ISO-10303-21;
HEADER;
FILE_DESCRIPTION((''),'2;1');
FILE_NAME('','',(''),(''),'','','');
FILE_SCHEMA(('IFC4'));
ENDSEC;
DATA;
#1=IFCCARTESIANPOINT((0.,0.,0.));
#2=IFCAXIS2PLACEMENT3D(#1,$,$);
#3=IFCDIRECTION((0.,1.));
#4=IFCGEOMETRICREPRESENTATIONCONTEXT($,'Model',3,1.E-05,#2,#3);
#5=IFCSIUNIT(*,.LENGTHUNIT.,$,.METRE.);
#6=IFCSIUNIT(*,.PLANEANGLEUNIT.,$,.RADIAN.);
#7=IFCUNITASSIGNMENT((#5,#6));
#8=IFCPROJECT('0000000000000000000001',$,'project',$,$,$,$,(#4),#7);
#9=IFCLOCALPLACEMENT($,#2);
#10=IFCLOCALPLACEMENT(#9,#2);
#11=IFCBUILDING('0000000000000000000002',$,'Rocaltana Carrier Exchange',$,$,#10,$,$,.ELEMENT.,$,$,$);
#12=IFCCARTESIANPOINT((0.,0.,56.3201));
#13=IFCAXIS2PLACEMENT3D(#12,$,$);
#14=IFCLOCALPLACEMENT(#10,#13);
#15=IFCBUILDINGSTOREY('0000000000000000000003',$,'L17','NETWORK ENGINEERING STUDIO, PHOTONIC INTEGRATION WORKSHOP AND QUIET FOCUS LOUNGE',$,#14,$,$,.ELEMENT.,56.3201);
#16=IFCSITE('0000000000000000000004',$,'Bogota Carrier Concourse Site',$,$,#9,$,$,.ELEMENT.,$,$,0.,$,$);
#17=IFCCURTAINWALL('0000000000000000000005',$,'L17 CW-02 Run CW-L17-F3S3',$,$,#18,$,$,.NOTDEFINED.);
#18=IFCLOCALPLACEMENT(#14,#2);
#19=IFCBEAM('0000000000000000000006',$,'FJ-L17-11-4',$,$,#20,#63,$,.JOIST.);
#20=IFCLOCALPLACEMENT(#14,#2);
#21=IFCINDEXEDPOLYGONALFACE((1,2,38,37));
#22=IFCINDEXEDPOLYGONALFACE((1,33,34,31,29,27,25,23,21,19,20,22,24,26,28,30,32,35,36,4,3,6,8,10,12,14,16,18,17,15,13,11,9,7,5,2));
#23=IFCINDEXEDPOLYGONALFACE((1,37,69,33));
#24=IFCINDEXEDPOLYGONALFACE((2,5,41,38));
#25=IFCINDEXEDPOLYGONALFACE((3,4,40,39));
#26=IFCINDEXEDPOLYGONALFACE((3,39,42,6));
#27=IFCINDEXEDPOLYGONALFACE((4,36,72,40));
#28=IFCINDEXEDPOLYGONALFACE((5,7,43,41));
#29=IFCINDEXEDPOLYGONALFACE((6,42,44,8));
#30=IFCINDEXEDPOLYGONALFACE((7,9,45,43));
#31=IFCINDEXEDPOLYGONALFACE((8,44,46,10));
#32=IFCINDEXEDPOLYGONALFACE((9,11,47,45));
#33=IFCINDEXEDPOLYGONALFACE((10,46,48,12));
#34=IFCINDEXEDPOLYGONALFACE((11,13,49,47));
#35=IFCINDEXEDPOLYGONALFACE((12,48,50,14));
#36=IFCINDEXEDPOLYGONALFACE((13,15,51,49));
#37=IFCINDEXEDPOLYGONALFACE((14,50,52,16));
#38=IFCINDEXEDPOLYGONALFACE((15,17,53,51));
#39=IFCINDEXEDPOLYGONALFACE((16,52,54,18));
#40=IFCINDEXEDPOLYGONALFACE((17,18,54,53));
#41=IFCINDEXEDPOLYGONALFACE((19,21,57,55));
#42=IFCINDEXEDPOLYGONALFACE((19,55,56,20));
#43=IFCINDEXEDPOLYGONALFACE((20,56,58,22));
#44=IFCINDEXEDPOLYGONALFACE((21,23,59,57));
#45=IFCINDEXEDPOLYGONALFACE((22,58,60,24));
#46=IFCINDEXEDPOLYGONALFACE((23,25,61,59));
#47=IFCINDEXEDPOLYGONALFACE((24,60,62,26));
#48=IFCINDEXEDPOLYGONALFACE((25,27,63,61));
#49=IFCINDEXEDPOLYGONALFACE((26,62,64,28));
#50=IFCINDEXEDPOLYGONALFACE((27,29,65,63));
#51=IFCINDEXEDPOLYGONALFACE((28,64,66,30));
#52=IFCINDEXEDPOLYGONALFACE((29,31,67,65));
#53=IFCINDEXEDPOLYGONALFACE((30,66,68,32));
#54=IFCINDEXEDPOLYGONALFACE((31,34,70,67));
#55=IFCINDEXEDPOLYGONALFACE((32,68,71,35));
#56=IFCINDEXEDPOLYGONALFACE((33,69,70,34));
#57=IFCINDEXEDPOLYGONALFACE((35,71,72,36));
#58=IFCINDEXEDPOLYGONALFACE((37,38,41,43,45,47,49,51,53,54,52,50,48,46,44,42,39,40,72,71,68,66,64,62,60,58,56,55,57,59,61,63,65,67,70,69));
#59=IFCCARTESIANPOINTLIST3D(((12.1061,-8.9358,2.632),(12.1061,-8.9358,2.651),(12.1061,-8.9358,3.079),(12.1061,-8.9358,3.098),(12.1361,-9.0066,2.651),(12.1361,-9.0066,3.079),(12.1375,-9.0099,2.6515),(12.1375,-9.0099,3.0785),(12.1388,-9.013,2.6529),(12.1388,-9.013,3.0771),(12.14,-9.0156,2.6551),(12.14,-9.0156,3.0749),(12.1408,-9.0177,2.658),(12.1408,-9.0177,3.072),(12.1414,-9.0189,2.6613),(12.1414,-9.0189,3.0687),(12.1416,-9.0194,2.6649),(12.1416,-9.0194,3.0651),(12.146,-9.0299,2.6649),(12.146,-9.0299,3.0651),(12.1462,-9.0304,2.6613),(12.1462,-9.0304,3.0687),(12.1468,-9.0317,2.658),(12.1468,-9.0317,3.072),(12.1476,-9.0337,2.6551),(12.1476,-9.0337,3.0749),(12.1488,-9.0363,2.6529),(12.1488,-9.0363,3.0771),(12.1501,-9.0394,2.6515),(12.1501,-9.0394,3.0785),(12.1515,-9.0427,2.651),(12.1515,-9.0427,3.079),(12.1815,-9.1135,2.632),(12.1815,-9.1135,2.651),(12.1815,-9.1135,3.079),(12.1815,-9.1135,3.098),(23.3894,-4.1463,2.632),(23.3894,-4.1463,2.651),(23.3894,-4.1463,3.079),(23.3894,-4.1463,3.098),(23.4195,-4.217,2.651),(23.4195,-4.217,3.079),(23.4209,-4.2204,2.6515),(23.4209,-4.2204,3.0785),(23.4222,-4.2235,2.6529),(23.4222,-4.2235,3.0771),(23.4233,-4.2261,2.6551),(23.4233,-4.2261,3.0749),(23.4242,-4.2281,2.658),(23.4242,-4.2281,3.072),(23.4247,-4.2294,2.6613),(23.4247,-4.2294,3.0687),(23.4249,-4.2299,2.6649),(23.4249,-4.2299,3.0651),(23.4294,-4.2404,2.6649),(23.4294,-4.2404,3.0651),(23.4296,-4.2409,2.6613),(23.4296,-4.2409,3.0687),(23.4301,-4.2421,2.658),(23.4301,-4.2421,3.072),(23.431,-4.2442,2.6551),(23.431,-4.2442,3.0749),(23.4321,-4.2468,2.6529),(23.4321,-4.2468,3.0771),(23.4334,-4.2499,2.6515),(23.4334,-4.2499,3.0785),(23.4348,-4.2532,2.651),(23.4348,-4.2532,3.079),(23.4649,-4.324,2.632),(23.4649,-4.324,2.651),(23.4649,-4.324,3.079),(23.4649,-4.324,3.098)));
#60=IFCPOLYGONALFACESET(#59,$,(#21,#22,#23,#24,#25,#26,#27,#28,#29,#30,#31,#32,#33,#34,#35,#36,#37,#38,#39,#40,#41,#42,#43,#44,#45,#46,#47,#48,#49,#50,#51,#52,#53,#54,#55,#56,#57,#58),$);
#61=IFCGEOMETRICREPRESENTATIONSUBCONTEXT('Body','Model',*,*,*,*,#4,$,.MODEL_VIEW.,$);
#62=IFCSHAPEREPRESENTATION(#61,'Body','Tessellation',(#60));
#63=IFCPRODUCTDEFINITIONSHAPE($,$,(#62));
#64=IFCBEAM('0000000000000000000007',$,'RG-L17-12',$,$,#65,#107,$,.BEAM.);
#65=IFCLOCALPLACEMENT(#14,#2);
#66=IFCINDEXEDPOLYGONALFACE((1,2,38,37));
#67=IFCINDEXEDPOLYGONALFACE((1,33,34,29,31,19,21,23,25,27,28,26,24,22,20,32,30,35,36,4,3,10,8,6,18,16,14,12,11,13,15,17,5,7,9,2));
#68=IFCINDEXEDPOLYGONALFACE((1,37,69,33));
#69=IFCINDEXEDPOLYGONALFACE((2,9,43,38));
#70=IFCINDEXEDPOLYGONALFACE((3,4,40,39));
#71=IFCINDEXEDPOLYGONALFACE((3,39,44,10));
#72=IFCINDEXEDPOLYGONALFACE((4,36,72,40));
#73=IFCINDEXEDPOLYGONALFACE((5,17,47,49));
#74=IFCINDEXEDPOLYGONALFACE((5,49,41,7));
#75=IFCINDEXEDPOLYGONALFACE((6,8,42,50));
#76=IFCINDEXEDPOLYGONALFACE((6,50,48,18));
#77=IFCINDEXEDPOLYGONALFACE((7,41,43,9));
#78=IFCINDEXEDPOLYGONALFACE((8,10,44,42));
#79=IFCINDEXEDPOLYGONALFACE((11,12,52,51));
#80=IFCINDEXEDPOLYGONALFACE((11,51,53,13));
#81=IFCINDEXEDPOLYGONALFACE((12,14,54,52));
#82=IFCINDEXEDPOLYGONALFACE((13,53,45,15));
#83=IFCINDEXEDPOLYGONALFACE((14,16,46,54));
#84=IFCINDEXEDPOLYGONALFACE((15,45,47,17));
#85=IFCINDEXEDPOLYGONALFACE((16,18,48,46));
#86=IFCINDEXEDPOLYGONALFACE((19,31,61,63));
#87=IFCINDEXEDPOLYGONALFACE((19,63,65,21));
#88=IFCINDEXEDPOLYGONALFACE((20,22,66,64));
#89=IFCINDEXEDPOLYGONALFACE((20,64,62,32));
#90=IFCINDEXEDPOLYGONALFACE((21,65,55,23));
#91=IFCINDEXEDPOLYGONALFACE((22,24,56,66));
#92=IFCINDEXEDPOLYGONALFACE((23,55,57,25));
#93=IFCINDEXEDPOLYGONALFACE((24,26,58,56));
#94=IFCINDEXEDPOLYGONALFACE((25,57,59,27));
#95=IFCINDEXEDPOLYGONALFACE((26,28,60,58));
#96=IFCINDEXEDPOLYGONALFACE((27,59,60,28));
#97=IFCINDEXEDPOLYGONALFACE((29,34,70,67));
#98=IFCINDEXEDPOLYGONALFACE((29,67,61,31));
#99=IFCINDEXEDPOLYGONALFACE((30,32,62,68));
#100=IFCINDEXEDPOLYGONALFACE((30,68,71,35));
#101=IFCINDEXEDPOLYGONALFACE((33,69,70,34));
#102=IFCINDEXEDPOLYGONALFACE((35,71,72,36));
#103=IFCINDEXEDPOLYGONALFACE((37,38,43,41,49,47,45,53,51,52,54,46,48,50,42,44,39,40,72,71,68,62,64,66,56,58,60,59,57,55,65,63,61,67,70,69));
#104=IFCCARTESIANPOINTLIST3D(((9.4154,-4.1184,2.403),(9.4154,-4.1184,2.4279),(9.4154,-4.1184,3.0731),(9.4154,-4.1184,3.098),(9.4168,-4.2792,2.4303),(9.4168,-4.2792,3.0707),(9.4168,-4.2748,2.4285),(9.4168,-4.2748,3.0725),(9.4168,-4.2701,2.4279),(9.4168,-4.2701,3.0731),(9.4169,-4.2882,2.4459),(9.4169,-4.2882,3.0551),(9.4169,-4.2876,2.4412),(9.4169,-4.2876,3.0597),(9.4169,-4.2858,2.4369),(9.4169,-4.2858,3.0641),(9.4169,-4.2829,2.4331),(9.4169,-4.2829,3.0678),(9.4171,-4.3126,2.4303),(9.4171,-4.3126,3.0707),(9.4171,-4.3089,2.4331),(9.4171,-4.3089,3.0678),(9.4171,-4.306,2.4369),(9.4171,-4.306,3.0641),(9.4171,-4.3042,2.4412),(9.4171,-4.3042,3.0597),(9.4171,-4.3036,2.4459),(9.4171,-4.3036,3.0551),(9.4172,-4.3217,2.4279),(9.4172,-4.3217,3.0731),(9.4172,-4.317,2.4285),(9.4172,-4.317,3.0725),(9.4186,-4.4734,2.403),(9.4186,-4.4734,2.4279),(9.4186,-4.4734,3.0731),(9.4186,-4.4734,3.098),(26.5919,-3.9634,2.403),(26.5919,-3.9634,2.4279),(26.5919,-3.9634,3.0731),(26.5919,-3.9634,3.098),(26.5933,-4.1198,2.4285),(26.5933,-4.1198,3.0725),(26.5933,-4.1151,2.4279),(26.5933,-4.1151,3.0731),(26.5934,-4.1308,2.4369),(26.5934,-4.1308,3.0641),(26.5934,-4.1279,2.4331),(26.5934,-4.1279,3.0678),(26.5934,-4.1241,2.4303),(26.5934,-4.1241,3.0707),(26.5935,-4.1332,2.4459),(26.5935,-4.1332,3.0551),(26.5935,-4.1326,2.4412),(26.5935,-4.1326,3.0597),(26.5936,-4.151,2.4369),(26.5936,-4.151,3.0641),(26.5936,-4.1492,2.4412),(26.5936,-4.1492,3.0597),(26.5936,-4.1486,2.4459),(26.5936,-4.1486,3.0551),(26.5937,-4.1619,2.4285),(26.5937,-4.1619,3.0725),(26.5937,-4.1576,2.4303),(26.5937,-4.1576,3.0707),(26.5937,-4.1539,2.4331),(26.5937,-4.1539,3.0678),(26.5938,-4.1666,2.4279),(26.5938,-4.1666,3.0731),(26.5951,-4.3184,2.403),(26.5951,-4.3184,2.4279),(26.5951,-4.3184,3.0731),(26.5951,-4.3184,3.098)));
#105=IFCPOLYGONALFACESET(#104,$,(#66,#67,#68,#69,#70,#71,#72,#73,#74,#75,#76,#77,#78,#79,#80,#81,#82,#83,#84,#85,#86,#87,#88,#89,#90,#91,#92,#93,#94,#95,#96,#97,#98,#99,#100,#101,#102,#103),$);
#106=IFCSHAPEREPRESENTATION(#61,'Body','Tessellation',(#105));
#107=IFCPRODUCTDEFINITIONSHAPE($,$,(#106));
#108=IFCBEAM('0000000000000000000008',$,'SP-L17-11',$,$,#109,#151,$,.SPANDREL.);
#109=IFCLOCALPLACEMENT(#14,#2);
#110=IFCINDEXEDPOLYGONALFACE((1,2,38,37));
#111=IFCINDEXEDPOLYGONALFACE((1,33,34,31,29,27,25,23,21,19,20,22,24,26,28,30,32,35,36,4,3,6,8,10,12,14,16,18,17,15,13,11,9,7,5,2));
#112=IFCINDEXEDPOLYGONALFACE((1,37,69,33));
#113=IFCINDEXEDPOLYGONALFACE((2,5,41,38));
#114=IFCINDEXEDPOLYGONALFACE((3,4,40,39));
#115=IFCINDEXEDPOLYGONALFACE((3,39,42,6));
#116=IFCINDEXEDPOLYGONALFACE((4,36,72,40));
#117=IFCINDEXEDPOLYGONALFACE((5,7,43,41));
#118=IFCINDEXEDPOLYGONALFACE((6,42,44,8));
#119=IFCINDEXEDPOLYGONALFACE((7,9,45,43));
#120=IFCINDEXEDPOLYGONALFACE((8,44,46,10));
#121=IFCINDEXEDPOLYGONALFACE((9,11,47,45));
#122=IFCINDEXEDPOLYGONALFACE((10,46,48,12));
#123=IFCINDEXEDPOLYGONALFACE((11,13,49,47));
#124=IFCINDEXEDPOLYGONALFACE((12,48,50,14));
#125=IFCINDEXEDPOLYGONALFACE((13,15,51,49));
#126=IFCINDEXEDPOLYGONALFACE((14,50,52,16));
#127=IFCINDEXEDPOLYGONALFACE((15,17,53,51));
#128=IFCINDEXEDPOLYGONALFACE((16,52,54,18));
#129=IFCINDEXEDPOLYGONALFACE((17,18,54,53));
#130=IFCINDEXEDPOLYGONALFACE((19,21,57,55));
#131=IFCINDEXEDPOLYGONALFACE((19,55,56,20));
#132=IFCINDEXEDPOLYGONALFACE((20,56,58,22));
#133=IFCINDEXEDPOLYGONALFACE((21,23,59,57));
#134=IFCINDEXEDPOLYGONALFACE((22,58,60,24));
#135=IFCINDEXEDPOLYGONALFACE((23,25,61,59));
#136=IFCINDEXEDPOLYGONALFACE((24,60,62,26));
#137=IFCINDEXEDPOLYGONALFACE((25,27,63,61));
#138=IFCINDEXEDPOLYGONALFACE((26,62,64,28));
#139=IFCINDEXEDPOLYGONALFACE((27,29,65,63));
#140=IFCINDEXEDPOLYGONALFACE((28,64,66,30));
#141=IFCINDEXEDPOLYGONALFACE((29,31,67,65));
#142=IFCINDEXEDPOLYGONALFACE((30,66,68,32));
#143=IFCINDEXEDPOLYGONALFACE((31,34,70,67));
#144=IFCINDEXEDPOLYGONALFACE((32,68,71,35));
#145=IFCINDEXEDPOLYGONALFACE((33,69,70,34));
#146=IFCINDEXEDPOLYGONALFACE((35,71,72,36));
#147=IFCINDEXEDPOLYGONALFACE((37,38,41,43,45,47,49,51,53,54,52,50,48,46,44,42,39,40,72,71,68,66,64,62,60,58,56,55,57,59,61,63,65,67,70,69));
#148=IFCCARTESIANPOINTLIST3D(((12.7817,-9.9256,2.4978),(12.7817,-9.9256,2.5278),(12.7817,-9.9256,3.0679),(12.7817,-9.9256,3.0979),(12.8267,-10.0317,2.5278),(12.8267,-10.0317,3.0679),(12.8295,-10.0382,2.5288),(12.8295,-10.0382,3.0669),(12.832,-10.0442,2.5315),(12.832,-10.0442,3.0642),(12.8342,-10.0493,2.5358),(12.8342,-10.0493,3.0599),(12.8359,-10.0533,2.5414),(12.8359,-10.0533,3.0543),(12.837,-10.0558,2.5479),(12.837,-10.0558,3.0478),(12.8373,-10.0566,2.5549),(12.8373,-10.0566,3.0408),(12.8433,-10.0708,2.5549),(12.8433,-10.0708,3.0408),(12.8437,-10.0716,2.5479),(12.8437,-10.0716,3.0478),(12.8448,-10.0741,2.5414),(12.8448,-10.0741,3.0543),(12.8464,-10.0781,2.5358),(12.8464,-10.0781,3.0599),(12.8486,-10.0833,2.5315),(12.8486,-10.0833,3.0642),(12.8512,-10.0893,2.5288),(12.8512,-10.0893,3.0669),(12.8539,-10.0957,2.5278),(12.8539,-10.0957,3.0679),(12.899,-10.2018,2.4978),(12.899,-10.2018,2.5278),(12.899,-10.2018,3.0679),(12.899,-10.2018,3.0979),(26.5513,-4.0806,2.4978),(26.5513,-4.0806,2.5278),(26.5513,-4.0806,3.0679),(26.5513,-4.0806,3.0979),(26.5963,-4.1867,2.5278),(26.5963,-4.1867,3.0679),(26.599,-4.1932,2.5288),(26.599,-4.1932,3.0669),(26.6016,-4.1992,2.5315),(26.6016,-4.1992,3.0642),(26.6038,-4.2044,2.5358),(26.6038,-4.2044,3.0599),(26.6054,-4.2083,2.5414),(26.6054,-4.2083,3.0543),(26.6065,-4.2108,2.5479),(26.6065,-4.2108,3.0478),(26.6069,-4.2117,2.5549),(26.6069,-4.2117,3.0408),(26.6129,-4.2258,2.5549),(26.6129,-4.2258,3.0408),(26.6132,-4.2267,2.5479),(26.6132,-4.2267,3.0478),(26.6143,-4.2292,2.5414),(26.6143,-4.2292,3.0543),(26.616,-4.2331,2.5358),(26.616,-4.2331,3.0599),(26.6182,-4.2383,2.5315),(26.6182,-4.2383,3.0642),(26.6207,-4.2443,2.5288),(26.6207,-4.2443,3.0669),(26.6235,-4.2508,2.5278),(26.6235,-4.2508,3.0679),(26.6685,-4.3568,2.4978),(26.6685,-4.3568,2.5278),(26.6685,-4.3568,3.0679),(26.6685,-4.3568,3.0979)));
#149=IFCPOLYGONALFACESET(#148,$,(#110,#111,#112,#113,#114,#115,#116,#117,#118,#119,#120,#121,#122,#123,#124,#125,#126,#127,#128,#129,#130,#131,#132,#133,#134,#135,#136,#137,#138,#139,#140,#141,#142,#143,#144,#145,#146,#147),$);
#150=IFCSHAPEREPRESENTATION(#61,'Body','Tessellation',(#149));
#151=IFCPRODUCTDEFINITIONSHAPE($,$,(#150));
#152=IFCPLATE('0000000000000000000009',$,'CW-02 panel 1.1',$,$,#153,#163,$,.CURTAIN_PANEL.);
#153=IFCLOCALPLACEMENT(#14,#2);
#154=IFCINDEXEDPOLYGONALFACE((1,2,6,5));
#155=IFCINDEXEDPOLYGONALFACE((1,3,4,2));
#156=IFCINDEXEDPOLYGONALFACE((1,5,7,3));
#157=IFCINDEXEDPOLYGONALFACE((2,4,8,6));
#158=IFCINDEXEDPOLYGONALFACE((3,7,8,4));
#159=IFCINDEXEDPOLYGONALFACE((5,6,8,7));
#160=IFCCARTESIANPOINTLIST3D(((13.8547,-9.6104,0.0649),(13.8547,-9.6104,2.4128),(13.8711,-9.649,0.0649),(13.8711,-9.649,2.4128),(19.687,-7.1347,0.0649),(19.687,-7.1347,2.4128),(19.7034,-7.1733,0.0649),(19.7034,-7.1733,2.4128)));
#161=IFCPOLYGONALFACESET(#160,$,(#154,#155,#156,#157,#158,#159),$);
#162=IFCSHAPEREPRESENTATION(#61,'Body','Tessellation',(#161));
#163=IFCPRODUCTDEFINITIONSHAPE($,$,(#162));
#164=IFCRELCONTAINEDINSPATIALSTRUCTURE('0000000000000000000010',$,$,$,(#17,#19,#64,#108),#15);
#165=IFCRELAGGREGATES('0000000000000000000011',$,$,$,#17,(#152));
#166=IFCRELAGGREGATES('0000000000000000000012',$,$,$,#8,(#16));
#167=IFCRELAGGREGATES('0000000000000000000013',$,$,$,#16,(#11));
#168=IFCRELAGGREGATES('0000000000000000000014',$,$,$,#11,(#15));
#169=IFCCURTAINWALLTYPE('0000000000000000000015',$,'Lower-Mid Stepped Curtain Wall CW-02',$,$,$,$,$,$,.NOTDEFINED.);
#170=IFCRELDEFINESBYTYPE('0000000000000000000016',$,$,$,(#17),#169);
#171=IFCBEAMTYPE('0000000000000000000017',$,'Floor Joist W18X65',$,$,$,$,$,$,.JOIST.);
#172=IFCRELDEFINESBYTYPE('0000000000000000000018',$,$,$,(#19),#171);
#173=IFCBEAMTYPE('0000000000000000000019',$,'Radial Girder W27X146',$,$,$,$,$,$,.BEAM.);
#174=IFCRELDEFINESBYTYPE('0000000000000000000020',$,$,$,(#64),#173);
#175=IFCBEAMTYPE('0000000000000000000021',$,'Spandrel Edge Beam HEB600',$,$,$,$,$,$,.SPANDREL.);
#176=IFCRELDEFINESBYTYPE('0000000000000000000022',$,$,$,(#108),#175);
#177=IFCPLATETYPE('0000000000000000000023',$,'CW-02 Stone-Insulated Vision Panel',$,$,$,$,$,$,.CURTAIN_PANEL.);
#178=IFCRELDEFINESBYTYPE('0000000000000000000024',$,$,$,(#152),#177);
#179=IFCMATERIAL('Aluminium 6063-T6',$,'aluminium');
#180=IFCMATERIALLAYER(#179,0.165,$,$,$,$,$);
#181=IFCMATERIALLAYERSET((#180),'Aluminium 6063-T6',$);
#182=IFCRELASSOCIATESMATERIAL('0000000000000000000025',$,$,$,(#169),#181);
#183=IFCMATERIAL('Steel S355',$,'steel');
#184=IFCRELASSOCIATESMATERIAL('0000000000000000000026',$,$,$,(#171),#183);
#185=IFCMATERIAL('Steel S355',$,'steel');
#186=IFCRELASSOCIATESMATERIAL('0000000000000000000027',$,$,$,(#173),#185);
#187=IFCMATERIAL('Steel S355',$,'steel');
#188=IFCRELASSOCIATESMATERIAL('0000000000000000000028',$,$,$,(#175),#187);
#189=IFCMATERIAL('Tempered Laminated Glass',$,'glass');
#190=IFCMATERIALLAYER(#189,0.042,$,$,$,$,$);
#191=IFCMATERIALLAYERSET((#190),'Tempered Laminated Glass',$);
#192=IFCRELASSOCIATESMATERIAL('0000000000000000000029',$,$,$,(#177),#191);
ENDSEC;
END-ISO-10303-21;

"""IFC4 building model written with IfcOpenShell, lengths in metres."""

from ifc_helpers import new_model, si_unit, direction, frame, origin, origin_2d, place, context, subcontext, project, spatial, rectangle, i_section, extrude, material, layer, layer_set, material_profile, profile_set, type_object, element, aggregate, save


model = new_model("IFC4")

# Units and contexts
model_context = context("Model", 3, precision=1e-05, world=origin(), true_north=direction((0.0, 1.0)))
body_context = subcontext(model_context, "Body", "Model", "MODEL_VIEW")
ifc_project = project(units=[si_unit("LENGTHUNIT", "METRE"), si_unit("PLANEANGLEUNIT", "RADIAN")], contexts=[model_context])

# Site, building, storey
site_placement = place(None, origin())
site = spatial("IfcSite", under=ifc_project, at=site_placement, Name="Bogota Carrier Concourse Site", CompositionType="ELEMENT", RefElevation=0.0)
building_placement = place(site_placement, origin())
building = spatial("IfcBuilding", under=site, at=building_placement, Name="Rocaltana Carrier Exchange", CompositionType="ELEMENT")
storey_placement = place(building_placement, frame((0.0, 0.0, 56.3201)))
storey = spatial("IfcBuildingStorey", under=building, at=storey_placement, Name="L17", Description="NETWORK ENGINEERING STUDIO, PHOTONIC INTEGRATION WORKSHOP AND QUIET FOCUS LOUNGE", CompositionType="ELEMENT", Elevation=56.3201)

# Shared definitions
ifc_material_1 = material(Name="Aluminium 6063-T6", Category="aluminium")
ifc_layer_1 = layer(ifc_material_1, 0.165)
ifc_layer_set_1 = layer_set([ifc_layer_1], Name="Aluminium 6063-T6")
curtain_wall_type = type_object("IfcCurtainWallType", Name="Lower-Mid Stepped Curtain Wall CW-02", PredefinedType="NOTDEFINED", material=ifc_layer_set_1)

# Curtain wall
curtain_wall_1_placement = place(storey_placement, origin())
curtain_wall_1 = element("IfcCurtainWall", 1, at=curtain_wall_1_placement, inside=storey, type_object=curtain_wall_type, Name="L17 CW-02 Run CW-L17-F3S3", PredefinedType="NOTDEFINED")

# Beams
ifc_material_2 = material(Name="Steel S355", Category="steel")
ifc_material_profile_1 = material_profile(ifc_material_2, i_section(OverallWidth=0.1931, OverallDepth=0.4661, WebThickness=0.0115, FlangeThickness=0.019, FilletRadius=0.0139, at=origin_2d()), Name="W18X65")
ifc_profile_set_1 = profile_set([ifc_material_profile_1], Name="Steel S355")
beam_type_1 = type_object("IfcBeamType", Name="Floor Joist W18X65", PredefinedType="JOIST", material=ifc_profile_set_1)
beam_1_placement = place(storey_placement, frame((12.1438, -9.0247, 2.865), z_axis=(0.920505, 0.390732, 0.0), x_axis=(-0.390732, 0.920505, 0.0)))
element("IfcBeam", 2, at=beam_1_placement, inside=storey, type_object=beam_type_1, Name="FJ-L17-11-4", PredefinedType="JOIST", context=body_context, shape_type="SweptSolid", body=[
    extrude(i_section(OverallWidth=0.1931, OverallDepth=0.4661, WebThickness=0.0115, FlangeThickness=0.019, FilletRadius=0.0139, at=origin_2d()), origin(), (0.0, 0.0, 1.0), 12.2578),
])
ifc_material_3 = material(Name="Steel S355", Category="steel")
ifc_material_profile_2 = material_profile(ifc_material_3, i_section(OverallWidth=0.355, OverallDepth=0.6951, WebThickness=0.0154, FlangeThickness=0.0249, FilletRadius=0.0181, at=origin_2d()), Name="W27X146")
ifc_profile_set_2 = profile_set([ifc_material_profile_2], Name="Steel S355")
beam_type_2 = type_object("IfcBeamType", Name="Radial Girder W27X146", PredefinedType="BEAM", material=ifc_profile_set_2)
beam_2_placement = place(storey_placement, frame((9.417, -4.2959, 2.7505), z_axis=(0.999959, 0.009025, 0.0), x_axis=(-0.009025, 0.999959, 0.0)))
element("IfcBeam", 3, at=beam_2_placement, inside=storey, type_object=beam_type_2, Name="RG-L17-12", PredefinedType="BEAM", context=body_context, shape_type="SweptSolid", body=[
    extrude(i_section(OverallWidth=0.355, OverallDepth=0.6951, WebThickness=0.0154, FlangeThickness=0.0249, FilletRadius=0.0181, at=origin_2d()), origin(), (0.0, 0.0, 1.0), 17.1772),
])
ifc_material_4 = material(Name="Steel S355", Category="steel")
ifc_material_profile_3 = material_profile(ifc_material_4, i_section(OverallWidth=0.3, OverallDepth=0.6001, WebThickness=0.0154, FlangeThickness=0.03, FilletRadius=0.0271, at=origin_2d()), Name="HEB600")
ifc_profile_set_3 = profile_set([ifc_material_profile_3], Name="Steel S355")
beam_type_3 = type_object("IfcBeamType", Name="Spandrel Edge Beam HEB600", PredefinedType="SPANDREL", material=ifc_profile_set_3)
beam_3_placement = place(storey_placement, frame((12.8403, -10.0637, 2.7979), z_axis=(0.920501, 0.39074, 0.0), x_axis=(-0.39074, 0.920501, 0.0)))
element("IfcBeam", 4, at=beam_3_placement, inside=storey, type_object=beam_type_3, Name="SP-L17-11", PredefinedType="SPANDREL", context=body_context, shape_type="SweptSolid", body=[
    extrude(i_section(OverallWidth=0.3, OverallDepth=0.6001, WebThickness=0.0154, FlangeThickness=0.03, FilletRadius=0.0271, at=origin_2d()), origin(), (0.0, 0.0, 1.0), 14.9587),
])

# Plate
ifc_material_5 = material(Name="Tempered Laminated Glass", Category="glass")
ifc_layer_2 = layer(ifc_material_5, 0.042)
ifc_layer_set_2 = layer_set([ifc_layer_2], Name="Tempered Laminated Glass")
plate_type = type_object("IfcPlateType", Name="CW-02 Stone-Insulated Vision Panel", PredefinedType="CURTAIN_PANEL", material=ifc_layer_set_2)
plate_placement = place(storey_placement, frame((16.7791, -8.3918, 0.0649), z_axis=(0.0, 0.0, 1.0), x_axis=(0.920503, 0.390735, 0.0)))
plate = element("IfcPlate", 5, at=plate_placement, type_object=plate_type, Name="CW-02 panel 1.1", PredefinedType="CURTAIN_PANEL", context=body_context, shape_type="SweptSolid", body=[
    extrude(rectangle(XDim=6.3359, YDim=0.042, at=origin_2d()), origin(), (0.0, 0.0, 1.0), 2.3479),
])
aggregate(curtain_wall_1, [plate])

save(model, "model.ifc")
